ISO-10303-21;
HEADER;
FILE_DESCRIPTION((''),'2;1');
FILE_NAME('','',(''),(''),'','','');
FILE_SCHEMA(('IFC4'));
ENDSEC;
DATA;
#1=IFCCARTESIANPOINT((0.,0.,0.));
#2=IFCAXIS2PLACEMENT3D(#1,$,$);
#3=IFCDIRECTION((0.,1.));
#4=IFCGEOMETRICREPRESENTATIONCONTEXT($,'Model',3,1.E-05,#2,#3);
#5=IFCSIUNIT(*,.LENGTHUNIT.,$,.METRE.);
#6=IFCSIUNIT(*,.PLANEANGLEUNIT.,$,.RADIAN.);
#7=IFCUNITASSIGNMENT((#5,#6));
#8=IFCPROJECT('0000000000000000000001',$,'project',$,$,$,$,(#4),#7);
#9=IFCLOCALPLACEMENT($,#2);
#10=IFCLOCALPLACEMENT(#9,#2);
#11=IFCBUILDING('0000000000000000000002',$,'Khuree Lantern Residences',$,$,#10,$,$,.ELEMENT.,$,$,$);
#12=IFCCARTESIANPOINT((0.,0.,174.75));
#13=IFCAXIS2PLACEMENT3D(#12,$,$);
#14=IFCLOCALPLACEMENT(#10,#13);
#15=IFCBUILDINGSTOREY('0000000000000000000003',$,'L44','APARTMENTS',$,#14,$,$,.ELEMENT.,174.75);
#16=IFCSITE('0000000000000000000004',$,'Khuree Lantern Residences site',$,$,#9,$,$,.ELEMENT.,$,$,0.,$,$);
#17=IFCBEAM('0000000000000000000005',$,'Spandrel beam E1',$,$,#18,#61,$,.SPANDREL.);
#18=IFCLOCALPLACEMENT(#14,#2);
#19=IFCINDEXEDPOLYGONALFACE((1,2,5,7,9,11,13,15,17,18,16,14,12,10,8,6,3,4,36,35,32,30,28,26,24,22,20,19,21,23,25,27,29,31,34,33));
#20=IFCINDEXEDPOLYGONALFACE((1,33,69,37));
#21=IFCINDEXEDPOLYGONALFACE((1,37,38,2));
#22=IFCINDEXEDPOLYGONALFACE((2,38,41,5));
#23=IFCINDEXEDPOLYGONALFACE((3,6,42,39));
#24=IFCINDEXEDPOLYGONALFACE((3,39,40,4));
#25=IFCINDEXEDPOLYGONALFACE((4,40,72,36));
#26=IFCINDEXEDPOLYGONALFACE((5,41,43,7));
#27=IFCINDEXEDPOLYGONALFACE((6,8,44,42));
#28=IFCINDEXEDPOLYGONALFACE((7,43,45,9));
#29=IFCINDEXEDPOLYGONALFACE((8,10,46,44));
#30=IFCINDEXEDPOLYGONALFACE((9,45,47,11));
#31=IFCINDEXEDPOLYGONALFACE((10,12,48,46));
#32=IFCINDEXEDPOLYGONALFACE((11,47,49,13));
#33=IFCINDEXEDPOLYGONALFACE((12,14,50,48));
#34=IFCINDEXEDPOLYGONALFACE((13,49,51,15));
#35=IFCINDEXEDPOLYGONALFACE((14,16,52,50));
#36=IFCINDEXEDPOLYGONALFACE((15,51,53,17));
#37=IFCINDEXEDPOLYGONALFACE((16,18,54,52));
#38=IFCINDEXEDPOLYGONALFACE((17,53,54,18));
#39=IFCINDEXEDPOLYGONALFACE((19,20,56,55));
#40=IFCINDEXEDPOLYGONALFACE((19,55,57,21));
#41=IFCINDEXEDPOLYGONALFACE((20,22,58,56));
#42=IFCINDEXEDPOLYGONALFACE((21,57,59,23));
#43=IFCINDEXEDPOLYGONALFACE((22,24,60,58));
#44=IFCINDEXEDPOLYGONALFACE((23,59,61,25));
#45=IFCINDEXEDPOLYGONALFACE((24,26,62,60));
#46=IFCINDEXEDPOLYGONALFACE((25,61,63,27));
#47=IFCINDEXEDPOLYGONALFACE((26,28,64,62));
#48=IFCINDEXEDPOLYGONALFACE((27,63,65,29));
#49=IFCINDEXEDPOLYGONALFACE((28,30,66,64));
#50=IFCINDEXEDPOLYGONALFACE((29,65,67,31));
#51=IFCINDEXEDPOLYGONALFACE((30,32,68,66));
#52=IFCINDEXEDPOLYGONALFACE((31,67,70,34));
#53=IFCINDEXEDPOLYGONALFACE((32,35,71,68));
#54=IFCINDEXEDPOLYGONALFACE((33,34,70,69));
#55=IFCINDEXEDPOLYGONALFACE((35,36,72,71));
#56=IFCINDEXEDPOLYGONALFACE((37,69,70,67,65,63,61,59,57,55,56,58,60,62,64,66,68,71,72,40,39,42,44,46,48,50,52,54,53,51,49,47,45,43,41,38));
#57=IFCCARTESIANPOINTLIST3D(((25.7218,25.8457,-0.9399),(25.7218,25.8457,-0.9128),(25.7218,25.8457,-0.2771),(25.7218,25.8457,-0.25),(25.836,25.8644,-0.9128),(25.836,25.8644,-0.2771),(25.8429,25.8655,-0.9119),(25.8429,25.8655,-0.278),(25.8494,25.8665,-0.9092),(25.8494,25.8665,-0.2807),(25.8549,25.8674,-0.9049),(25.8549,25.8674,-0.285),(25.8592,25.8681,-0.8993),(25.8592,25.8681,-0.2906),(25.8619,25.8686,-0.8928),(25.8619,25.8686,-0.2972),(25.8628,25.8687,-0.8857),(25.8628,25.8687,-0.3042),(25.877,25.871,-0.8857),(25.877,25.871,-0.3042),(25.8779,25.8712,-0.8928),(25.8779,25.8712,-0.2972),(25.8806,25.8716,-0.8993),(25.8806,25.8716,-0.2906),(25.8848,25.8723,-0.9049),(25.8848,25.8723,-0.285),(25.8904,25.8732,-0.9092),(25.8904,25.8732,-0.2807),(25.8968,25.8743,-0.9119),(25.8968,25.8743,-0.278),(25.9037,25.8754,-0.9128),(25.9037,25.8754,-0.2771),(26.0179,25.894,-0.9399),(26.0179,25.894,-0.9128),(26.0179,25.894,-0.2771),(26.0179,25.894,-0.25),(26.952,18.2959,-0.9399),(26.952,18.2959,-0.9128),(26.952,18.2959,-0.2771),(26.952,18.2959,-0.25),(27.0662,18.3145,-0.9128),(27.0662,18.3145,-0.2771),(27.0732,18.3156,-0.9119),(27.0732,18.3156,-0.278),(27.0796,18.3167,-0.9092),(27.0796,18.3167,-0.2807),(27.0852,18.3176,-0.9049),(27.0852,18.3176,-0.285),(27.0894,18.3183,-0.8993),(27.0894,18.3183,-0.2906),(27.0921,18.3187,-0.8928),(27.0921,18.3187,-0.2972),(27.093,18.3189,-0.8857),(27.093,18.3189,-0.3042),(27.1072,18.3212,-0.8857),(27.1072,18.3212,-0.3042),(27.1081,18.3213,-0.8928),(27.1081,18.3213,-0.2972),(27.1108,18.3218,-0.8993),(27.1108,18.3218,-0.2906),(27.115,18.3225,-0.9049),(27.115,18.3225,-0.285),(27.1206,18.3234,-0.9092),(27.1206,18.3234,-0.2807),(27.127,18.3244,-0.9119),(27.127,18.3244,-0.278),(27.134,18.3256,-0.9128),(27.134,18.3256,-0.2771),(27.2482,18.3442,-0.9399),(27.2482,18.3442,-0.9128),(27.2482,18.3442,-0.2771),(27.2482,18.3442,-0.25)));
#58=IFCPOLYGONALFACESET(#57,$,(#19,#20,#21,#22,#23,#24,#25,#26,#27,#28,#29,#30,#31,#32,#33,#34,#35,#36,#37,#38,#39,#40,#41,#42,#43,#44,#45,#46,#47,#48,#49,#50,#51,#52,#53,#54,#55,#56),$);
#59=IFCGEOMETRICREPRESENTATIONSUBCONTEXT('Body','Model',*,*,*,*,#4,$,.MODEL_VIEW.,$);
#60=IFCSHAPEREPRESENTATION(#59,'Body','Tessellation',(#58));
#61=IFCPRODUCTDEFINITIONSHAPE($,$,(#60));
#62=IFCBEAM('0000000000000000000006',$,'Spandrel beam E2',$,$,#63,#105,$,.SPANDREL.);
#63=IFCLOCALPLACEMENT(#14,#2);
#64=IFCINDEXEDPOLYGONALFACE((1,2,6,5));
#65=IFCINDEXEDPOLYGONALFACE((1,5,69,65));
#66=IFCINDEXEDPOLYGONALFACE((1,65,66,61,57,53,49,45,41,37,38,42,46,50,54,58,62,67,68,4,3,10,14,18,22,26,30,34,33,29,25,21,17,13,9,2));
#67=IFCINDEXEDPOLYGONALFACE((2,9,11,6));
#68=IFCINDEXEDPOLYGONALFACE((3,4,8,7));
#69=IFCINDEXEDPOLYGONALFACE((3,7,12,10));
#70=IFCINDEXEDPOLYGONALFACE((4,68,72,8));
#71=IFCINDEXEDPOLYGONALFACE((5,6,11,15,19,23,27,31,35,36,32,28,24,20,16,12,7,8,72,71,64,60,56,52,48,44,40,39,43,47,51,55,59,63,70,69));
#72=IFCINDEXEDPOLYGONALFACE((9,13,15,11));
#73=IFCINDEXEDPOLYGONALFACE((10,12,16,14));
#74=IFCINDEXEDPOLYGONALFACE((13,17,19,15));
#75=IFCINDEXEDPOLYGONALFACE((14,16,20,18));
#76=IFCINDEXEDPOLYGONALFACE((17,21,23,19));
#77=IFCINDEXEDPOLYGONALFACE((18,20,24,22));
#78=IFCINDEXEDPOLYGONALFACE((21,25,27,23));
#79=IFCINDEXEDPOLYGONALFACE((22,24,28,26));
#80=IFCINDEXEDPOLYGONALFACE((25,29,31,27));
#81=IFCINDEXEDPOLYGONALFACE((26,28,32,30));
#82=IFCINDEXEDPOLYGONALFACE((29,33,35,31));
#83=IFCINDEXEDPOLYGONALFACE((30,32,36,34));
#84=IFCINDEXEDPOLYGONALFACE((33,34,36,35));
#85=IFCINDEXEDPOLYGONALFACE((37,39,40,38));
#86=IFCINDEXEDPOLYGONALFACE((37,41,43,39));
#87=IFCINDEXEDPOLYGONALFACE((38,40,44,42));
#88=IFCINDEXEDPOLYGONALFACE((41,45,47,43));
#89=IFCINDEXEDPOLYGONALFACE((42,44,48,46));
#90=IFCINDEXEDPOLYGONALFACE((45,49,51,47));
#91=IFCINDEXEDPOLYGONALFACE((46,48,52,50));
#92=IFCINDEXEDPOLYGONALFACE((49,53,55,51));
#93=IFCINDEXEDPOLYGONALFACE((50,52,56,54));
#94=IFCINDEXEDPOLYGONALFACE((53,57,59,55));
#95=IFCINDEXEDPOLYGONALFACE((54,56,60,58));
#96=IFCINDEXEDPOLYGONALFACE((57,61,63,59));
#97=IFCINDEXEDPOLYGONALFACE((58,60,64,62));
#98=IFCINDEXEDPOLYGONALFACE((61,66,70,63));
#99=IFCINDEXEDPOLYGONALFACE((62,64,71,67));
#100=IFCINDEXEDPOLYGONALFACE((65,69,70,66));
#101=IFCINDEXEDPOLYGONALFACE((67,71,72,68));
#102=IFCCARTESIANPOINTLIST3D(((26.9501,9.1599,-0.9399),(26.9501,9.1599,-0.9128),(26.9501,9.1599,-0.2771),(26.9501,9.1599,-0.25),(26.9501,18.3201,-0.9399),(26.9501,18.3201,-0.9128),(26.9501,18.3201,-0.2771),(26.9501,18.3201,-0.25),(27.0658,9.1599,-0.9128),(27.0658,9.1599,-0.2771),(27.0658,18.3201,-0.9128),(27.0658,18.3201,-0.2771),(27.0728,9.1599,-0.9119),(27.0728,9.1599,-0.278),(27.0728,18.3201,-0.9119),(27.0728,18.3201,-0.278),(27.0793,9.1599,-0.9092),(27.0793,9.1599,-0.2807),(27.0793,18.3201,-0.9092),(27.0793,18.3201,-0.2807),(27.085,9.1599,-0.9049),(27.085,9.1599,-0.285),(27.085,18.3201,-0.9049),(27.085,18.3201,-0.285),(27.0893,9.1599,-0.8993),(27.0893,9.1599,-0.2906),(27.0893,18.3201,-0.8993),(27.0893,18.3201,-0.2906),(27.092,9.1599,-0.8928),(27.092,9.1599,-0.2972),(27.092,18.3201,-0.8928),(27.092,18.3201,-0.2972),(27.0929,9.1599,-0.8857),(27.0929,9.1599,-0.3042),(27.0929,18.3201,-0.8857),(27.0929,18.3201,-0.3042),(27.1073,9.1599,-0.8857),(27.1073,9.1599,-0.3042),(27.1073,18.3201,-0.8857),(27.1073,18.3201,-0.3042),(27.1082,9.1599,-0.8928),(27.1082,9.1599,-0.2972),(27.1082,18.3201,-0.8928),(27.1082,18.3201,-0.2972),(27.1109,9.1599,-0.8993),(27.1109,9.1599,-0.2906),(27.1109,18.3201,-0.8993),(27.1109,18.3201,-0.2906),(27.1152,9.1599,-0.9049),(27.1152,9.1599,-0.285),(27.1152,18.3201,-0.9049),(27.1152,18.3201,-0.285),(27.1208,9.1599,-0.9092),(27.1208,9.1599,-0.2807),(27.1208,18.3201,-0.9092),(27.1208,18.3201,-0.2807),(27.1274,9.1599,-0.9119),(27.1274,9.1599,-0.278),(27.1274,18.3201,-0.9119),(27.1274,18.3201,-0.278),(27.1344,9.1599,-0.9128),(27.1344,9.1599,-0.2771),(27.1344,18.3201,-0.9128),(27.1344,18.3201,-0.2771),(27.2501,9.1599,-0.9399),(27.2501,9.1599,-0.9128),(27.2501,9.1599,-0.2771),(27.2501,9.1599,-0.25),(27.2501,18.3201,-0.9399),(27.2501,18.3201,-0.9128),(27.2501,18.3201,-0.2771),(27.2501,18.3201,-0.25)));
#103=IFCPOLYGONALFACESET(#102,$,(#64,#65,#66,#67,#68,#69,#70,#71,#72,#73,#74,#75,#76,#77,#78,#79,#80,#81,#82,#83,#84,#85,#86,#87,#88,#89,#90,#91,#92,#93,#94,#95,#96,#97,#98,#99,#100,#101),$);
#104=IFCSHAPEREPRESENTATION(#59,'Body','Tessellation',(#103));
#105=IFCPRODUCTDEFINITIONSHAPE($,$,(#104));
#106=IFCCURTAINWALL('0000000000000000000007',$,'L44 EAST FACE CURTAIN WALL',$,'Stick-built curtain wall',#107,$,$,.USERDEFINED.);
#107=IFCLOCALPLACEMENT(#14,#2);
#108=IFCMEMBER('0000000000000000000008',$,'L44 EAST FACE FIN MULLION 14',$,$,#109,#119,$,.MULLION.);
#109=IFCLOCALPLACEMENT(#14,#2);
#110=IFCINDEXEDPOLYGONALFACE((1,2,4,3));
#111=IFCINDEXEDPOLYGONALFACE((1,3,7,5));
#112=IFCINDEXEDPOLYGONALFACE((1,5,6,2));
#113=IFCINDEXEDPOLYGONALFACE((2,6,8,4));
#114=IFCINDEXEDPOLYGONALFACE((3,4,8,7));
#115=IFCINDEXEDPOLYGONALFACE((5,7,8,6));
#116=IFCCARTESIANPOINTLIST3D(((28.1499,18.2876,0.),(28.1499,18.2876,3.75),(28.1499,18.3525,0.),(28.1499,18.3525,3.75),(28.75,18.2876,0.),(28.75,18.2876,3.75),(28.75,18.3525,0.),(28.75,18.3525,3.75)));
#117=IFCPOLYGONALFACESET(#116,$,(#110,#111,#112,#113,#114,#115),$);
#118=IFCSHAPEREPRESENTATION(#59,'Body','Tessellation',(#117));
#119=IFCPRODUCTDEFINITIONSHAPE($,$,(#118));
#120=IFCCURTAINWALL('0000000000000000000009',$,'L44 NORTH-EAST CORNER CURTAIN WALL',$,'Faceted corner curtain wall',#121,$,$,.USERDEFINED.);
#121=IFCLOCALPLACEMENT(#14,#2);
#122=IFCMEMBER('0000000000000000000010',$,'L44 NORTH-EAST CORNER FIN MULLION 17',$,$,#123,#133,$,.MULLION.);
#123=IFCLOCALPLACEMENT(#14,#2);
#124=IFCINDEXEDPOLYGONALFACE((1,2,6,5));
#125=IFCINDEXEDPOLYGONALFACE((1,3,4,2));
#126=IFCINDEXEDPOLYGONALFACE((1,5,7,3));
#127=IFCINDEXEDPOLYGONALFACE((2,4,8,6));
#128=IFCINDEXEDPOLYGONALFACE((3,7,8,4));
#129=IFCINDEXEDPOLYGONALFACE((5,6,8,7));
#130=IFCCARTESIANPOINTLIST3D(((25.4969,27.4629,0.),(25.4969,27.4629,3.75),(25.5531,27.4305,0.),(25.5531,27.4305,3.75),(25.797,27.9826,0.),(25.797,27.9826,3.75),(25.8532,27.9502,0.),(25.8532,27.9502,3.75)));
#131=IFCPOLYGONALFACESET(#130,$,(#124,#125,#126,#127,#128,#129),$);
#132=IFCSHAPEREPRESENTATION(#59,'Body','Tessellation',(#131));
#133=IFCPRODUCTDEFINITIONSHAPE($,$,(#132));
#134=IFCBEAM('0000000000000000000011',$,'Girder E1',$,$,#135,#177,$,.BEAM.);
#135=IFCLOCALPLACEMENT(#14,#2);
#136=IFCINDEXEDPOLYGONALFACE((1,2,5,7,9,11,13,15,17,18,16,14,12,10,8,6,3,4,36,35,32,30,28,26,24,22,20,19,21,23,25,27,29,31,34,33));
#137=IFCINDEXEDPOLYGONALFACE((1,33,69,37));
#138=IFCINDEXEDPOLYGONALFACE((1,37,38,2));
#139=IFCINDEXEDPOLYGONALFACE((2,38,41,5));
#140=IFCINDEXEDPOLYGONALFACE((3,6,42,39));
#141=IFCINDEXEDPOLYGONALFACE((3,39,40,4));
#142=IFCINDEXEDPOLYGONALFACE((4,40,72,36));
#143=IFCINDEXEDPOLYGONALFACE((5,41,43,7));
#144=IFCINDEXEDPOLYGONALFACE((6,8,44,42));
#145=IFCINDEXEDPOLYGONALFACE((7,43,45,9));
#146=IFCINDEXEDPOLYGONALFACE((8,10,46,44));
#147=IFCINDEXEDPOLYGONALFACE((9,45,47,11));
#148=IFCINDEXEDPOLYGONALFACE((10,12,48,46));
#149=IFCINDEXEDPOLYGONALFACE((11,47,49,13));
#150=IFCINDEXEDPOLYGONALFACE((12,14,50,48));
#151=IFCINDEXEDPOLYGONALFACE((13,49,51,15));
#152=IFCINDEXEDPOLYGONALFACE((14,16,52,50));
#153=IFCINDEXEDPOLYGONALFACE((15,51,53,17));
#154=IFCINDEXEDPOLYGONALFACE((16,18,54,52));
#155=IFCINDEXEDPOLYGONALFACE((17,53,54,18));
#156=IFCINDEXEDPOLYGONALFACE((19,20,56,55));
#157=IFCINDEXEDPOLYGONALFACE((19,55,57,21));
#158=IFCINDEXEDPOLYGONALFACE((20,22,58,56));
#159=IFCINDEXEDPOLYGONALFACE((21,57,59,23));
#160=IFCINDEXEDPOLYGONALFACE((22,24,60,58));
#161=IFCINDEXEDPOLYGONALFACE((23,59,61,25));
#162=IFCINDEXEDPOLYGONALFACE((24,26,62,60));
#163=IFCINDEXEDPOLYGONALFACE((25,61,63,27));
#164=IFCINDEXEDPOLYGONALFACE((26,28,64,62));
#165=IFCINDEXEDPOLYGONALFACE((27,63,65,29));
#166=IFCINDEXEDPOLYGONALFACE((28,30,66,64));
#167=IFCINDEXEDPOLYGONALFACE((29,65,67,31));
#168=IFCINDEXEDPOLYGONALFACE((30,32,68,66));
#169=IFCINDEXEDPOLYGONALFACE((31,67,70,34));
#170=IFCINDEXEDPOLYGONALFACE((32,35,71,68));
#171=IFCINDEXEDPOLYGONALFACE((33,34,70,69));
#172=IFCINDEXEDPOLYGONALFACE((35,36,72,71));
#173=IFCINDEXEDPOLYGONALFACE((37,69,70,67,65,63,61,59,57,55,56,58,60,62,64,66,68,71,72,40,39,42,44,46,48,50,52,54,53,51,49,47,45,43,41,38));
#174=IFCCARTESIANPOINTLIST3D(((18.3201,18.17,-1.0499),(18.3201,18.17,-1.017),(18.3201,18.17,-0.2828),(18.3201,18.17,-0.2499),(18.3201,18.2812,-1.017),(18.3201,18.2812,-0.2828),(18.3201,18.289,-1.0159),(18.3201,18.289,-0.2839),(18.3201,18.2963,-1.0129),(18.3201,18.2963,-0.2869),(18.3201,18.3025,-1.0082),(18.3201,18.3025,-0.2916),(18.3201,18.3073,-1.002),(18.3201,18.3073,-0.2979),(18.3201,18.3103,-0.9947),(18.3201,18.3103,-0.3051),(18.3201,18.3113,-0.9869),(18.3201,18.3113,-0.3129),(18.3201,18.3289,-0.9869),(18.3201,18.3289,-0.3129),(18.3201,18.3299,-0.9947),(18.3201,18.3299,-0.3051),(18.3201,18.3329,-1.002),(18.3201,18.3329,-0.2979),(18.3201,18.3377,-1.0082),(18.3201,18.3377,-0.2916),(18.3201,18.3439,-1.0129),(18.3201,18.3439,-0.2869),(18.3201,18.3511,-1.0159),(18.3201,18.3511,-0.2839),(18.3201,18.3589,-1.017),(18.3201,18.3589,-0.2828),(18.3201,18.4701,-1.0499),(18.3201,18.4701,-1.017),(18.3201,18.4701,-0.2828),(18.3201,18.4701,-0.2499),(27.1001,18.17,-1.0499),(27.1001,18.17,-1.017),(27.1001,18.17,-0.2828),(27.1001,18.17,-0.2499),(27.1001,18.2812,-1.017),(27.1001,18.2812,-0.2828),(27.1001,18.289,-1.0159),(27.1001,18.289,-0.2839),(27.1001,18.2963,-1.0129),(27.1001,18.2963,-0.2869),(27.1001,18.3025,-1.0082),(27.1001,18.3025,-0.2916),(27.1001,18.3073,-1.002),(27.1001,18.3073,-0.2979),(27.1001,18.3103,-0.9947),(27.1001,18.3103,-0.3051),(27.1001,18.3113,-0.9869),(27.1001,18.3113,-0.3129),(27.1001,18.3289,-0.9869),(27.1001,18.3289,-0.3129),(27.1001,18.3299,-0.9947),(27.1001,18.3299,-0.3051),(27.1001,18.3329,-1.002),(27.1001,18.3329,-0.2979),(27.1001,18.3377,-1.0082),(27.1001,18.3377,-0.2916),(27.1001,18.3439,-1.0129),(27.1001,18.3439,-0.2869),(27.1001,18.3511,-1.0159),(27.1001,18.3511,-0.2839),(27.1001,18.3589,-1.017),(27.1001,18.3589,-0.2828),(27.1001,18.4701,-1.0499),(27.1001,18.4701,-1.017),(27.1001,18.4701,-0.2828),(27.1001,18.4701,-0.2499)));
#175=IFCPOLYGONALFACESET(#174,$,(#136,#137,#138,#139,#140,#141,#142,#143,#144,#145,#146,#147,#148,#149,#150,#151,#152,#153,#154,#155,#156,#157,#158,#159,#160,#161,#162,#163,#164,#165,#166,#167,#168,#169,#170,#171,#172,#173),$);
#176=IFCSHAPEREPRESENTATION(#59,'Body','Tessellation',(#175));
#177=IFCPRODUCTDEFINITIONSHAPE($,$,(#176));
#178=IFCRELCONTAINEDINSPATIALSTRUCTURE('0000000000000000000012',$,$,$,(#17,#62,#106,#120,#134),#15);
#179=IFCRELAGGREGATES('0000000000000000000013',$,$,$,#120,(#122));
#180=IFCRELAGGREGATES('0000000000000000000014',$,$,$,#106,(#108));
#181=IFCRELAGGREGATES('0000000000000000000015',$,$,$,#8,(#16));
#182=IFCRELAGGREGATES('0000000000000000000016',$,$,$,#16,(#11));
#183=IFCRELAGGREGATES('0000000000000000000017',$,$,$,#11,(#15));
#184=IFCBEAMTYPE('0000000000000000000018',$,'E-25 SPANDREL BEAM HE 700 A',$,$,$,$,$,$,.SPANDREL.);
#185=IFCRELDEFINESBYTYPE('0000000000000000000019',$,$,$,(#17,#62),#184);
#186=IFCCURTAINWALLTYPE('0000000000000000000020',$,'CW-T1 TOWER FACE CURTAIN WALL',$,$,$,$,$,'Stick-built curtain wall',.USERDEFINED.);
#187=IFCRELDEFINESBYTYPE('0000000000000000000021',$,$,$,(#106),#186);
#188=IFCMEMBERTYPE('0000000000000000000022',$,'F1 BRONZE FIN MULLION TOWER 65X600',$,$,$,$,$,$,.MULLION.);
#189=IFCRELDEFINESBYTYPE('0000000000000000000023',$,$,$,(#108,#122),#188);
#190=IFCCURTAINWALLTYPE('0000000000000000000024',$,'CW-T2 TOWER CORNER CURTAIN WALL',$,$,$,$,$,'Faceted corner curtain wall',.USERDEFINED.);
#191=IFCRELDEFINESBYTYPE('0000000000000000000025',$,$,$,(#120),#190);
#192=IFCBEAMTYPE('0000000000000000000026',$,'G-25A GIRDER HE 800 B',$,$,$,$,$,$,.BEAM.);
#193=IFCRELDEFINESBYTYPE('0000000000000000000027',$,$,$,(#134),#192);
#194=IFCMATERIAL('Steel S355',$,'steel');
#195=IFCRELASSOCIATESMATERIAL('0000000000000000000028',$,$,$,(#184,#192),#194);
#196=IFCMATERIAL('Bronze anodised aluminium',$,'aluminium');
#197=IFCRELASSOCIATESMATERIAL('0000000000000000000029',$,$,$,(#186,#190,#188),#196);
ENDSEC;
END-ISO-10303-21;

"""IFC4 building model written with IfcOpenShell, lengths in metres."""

from ifc_helpers import new_model, si_unit, direction, frame, origin, origin_2d, place, context, subcontext, project, spatial, rectangle, i_section, extrude, material, material_profile, profile_set, type_object, element, aggregate, save


model = new_model("IFC4")

# Units and contexts
model_context = context("Model", 3, precision=1e-05, world=origin(), true_north=direction((0.0, 1.0)))
body_context = subcontext(model_context, "Body", "Model", "MODEL_VIEW")
ifc_project = project(units=[si_unit("LENGTHUNIT", "METRE"), si_unit("PLANEANGLEUNIT", "RADIAN")], contexts=[model_context])

# Site, building, storey
site_placement = place(None, origin())
site = spatial("IfcSite", under=ifc_project, at=site_placement, Name="Khuree Lantern Residences site", CompositionType="ELEMENT", RefElevation=0.0)
building_placement = place(site_placement, origin())
building = spatial("IfcBuilding", under=site, at=building_placement, Name="Khuree Lantern Residences", CompositionType="ELEMENT")
storey_placement = place(building_placement, frame((0.0, 0.0, 174.75)))
storey = spatial("IfcBuildingStorey", under=building, at=storey_placement, Name="L44", Description="APARTMENTS", CompositionType="ELEMENT", Elevation=174.75)

# Beams
ifc_material_1 = material(Name="Steel S355", Category="steel")
ifc_material_profile_1 = material_profile(ifc_material_1, i_section(OverallWidth=0.3, OverallDepth=0.6899, WebThickness=0.0144, FlangeThickness=0.0271, FilletRadius=0.0271, at=origin_2d()), Name="HE 700 A")
ifc_profile_set_1 = profile_set([ifc_material_profile_1], Name="Steel S355")
beam_type_1 = type_object("IfcBeamType", Name="E-25 SPANDREL BEAM HE 700 A", PredefinedType="SPANDREL", material=ifc_profile_set_1)
for number, where, z_axis, x_axis, name in (
    (1, (25.8699, 25.8699, -0.595), (0.160827, -0.986983, 0.0), (0.986983, 0.160827, 0.0), "Spandrel beam E1"),
):
    element("IfcBeam", number, at=place(storey_placement, frame(where, z_axis=z_axis, x_axis=x_axis)), inside=storey, type_object=beam_type_1, Name=name, PredefinedType="SPANDREL", context=body_context, shape_type="SweptSolid", body=[
        extrude(i_section(OverallWidth=0.3, OverallDepth=0.6899, WebThickness=0.0144, FlangeThickness=0.0271, FilletRadius=0.0271, at=origin_2d()), origin(), (0.0, 0.0, 1.0), 7.6494),
    ])
beam_1_placement = place(storey_placement, frame((27.1001, 18.3201, -0.595), z_axis=(0.0, -1.0, 0.0), x_axis=(1.0, 0.0, 0.0)))
element("IfcBeam", 2, at=beam_1_placement, inside=storey, type_object=beam_type_1, Name="Spandrel beam E2", PredefinedType="SPANDREL", context=body_context, shape_type="SweptSolid", body=[
    extrude(i_section(OverallWidth=0.3, OverallDepth=0.6899, WebThickness=0.0144, FlangeThickness=0.0271, FilletRadius=0.0271, at=origin_2d()), origin(), (0.0, 0.0, 1.0), 9.1602),
])

# Curtain walls, members
ifc_material_2 = material(Name="Bronze anodised aluminium", Category="aluminium")
curtain_wall_type_1 = type_object("IfcCurtainWallType", Name="CW-T1 TOWER FACE CURTAIN WALL", ElementType="Stick-built curtain wall", PredefinedType="USERDEFINED", material=ifc_material_2)
curtain_wall_1_placement = place(storey_placement, origin())
curtain_wall_1 = element("IfcCurtainWall", 3, at=curtain_wall_1_placement, inside=storey, type_object=curtain_wall_type_1, Name="L44 EAST FACE CURTAIN WALL", ObjectType="Stick-built curtain wall", PredefinedType="USERDEFINED")
ifc_material_profile_2 = material_profile(ifc_material_2, rectangle(XDim=0.0649, YDim=0.6001, at=origin_2d()), Name="F1 65X600")
ifc_profile_set_2 = profile_set([ifc_material_profile_2], Name="Bronze anodised aluminium")
member_type_1 = type_object("IfcMemberType", Name="F1 BRONZE FIN MULLION TOWER 65X600", PredefinedType="MULLION", material=ifc_profile_set_2)
member_1_placement = place(storey_placement, frame((28.45, 18.3201, 0.0), z_axis=(0.0, 0.0, 1.0), x_axis=(0.0, 1.0, 0.0)))
member_1 = element("IfcMember", 4, at=member_1_placement, type_object=member_type_1, Name="L44 EAST FACE FIN MULLION 14", PredefinedType="MULLION", context=body_context, shape_type="SweptSolid", body=[
    extrude(rectangle(XDim=0.0649, YDim=0.6001, at=origin_2d()), origin(), (0.0, 0.0, 1.0), 3.75),
])
curtain_wall_type_2 = type_object("IfcCurtainWallType", Name="CW-T2 TOWER CORNER CURTAIN WALL", ElementType="Faceted corner curtain wall", PredefinedType="USERDEFINED", material=ifc_material_2)
curtain_wall_2_placement = place(storey_placement, origin())
curtain_wall_2 = element("IfcCurtainWall", 5, at=curtain_wall_2_placement, inside=storey, type_object=curtain_wall_type_2, Name="L44 NORTH-EAST CORNER CURTAIN WALL", ObjectType="Faceted corner curtain wall", PredefinedType="USERDEFINED")
member_2_placement = place(storey_placement, frame((25.675, 27.7065, 0.0), z_axis=(0.0, 0.0, 1.0), x_axis=(-0.866025, 0.5, 0.0)))
member_2 = element("IfcMember", 6, at=member_2_placement, type_object=member_type_1, Name="L44 NORTH-EAST CORNER FIN MULLION 17", PredefinedType="MULLION", context=body_context, shape_type="SweptSolid", body=[
    extrude(rectangle(XDim=0.0649, YDim=0.6001, at=origin_2d()), origin(), (0.0, 0.0, 1.0), 3.75),
])

# Beam
ifc_material_profile_3 = material_profile(ifc_material_1, i_section(OverallWidth=0.3, OverallDepth=0.8, WebThickness=0.0176, FlangeThickness=0.033, FilletRadius=0.03, at=origin_2d()), Name="HE 800 B")
ifc_profile_set_3 = profile_set([ifc_material_profile_3], Name="Steel S355")
beam_type_2 = type_object("IfcBeamType", Name="G-25A GIRDER HE 800 B", PredefinedType="BEAM", material=ifc_profile_set_3)
beam_2_placement = place(storey_placement, frame((27.1001, 18.3201, -0.6499), z_axis=(-1.0, 0.0, 0.0), x_axis=(0.0, -1.0, 0.0)))
element("IfcBeam", 7, at=beam_2_placement, inside=storey, type_object=beam_type_2, Name="Girder E1", PredefinedType="BEAM", context=body_context, shape_type="SweptSolid", body=[
    extrude(i_section(OverallWidth=0.3, OverallDepth=0.8, WebThickness=0.0176, FlangeThickness=0.033, FilletRadius=0.03, at=origin_2d()), origin(), (0.0, 0.0, 1.0), 8.78),
])

aggregate(curtain_wall_2, [member_2])
aggregate(curtain_wall_1, [member_1])

save(model, "model.ifc")
